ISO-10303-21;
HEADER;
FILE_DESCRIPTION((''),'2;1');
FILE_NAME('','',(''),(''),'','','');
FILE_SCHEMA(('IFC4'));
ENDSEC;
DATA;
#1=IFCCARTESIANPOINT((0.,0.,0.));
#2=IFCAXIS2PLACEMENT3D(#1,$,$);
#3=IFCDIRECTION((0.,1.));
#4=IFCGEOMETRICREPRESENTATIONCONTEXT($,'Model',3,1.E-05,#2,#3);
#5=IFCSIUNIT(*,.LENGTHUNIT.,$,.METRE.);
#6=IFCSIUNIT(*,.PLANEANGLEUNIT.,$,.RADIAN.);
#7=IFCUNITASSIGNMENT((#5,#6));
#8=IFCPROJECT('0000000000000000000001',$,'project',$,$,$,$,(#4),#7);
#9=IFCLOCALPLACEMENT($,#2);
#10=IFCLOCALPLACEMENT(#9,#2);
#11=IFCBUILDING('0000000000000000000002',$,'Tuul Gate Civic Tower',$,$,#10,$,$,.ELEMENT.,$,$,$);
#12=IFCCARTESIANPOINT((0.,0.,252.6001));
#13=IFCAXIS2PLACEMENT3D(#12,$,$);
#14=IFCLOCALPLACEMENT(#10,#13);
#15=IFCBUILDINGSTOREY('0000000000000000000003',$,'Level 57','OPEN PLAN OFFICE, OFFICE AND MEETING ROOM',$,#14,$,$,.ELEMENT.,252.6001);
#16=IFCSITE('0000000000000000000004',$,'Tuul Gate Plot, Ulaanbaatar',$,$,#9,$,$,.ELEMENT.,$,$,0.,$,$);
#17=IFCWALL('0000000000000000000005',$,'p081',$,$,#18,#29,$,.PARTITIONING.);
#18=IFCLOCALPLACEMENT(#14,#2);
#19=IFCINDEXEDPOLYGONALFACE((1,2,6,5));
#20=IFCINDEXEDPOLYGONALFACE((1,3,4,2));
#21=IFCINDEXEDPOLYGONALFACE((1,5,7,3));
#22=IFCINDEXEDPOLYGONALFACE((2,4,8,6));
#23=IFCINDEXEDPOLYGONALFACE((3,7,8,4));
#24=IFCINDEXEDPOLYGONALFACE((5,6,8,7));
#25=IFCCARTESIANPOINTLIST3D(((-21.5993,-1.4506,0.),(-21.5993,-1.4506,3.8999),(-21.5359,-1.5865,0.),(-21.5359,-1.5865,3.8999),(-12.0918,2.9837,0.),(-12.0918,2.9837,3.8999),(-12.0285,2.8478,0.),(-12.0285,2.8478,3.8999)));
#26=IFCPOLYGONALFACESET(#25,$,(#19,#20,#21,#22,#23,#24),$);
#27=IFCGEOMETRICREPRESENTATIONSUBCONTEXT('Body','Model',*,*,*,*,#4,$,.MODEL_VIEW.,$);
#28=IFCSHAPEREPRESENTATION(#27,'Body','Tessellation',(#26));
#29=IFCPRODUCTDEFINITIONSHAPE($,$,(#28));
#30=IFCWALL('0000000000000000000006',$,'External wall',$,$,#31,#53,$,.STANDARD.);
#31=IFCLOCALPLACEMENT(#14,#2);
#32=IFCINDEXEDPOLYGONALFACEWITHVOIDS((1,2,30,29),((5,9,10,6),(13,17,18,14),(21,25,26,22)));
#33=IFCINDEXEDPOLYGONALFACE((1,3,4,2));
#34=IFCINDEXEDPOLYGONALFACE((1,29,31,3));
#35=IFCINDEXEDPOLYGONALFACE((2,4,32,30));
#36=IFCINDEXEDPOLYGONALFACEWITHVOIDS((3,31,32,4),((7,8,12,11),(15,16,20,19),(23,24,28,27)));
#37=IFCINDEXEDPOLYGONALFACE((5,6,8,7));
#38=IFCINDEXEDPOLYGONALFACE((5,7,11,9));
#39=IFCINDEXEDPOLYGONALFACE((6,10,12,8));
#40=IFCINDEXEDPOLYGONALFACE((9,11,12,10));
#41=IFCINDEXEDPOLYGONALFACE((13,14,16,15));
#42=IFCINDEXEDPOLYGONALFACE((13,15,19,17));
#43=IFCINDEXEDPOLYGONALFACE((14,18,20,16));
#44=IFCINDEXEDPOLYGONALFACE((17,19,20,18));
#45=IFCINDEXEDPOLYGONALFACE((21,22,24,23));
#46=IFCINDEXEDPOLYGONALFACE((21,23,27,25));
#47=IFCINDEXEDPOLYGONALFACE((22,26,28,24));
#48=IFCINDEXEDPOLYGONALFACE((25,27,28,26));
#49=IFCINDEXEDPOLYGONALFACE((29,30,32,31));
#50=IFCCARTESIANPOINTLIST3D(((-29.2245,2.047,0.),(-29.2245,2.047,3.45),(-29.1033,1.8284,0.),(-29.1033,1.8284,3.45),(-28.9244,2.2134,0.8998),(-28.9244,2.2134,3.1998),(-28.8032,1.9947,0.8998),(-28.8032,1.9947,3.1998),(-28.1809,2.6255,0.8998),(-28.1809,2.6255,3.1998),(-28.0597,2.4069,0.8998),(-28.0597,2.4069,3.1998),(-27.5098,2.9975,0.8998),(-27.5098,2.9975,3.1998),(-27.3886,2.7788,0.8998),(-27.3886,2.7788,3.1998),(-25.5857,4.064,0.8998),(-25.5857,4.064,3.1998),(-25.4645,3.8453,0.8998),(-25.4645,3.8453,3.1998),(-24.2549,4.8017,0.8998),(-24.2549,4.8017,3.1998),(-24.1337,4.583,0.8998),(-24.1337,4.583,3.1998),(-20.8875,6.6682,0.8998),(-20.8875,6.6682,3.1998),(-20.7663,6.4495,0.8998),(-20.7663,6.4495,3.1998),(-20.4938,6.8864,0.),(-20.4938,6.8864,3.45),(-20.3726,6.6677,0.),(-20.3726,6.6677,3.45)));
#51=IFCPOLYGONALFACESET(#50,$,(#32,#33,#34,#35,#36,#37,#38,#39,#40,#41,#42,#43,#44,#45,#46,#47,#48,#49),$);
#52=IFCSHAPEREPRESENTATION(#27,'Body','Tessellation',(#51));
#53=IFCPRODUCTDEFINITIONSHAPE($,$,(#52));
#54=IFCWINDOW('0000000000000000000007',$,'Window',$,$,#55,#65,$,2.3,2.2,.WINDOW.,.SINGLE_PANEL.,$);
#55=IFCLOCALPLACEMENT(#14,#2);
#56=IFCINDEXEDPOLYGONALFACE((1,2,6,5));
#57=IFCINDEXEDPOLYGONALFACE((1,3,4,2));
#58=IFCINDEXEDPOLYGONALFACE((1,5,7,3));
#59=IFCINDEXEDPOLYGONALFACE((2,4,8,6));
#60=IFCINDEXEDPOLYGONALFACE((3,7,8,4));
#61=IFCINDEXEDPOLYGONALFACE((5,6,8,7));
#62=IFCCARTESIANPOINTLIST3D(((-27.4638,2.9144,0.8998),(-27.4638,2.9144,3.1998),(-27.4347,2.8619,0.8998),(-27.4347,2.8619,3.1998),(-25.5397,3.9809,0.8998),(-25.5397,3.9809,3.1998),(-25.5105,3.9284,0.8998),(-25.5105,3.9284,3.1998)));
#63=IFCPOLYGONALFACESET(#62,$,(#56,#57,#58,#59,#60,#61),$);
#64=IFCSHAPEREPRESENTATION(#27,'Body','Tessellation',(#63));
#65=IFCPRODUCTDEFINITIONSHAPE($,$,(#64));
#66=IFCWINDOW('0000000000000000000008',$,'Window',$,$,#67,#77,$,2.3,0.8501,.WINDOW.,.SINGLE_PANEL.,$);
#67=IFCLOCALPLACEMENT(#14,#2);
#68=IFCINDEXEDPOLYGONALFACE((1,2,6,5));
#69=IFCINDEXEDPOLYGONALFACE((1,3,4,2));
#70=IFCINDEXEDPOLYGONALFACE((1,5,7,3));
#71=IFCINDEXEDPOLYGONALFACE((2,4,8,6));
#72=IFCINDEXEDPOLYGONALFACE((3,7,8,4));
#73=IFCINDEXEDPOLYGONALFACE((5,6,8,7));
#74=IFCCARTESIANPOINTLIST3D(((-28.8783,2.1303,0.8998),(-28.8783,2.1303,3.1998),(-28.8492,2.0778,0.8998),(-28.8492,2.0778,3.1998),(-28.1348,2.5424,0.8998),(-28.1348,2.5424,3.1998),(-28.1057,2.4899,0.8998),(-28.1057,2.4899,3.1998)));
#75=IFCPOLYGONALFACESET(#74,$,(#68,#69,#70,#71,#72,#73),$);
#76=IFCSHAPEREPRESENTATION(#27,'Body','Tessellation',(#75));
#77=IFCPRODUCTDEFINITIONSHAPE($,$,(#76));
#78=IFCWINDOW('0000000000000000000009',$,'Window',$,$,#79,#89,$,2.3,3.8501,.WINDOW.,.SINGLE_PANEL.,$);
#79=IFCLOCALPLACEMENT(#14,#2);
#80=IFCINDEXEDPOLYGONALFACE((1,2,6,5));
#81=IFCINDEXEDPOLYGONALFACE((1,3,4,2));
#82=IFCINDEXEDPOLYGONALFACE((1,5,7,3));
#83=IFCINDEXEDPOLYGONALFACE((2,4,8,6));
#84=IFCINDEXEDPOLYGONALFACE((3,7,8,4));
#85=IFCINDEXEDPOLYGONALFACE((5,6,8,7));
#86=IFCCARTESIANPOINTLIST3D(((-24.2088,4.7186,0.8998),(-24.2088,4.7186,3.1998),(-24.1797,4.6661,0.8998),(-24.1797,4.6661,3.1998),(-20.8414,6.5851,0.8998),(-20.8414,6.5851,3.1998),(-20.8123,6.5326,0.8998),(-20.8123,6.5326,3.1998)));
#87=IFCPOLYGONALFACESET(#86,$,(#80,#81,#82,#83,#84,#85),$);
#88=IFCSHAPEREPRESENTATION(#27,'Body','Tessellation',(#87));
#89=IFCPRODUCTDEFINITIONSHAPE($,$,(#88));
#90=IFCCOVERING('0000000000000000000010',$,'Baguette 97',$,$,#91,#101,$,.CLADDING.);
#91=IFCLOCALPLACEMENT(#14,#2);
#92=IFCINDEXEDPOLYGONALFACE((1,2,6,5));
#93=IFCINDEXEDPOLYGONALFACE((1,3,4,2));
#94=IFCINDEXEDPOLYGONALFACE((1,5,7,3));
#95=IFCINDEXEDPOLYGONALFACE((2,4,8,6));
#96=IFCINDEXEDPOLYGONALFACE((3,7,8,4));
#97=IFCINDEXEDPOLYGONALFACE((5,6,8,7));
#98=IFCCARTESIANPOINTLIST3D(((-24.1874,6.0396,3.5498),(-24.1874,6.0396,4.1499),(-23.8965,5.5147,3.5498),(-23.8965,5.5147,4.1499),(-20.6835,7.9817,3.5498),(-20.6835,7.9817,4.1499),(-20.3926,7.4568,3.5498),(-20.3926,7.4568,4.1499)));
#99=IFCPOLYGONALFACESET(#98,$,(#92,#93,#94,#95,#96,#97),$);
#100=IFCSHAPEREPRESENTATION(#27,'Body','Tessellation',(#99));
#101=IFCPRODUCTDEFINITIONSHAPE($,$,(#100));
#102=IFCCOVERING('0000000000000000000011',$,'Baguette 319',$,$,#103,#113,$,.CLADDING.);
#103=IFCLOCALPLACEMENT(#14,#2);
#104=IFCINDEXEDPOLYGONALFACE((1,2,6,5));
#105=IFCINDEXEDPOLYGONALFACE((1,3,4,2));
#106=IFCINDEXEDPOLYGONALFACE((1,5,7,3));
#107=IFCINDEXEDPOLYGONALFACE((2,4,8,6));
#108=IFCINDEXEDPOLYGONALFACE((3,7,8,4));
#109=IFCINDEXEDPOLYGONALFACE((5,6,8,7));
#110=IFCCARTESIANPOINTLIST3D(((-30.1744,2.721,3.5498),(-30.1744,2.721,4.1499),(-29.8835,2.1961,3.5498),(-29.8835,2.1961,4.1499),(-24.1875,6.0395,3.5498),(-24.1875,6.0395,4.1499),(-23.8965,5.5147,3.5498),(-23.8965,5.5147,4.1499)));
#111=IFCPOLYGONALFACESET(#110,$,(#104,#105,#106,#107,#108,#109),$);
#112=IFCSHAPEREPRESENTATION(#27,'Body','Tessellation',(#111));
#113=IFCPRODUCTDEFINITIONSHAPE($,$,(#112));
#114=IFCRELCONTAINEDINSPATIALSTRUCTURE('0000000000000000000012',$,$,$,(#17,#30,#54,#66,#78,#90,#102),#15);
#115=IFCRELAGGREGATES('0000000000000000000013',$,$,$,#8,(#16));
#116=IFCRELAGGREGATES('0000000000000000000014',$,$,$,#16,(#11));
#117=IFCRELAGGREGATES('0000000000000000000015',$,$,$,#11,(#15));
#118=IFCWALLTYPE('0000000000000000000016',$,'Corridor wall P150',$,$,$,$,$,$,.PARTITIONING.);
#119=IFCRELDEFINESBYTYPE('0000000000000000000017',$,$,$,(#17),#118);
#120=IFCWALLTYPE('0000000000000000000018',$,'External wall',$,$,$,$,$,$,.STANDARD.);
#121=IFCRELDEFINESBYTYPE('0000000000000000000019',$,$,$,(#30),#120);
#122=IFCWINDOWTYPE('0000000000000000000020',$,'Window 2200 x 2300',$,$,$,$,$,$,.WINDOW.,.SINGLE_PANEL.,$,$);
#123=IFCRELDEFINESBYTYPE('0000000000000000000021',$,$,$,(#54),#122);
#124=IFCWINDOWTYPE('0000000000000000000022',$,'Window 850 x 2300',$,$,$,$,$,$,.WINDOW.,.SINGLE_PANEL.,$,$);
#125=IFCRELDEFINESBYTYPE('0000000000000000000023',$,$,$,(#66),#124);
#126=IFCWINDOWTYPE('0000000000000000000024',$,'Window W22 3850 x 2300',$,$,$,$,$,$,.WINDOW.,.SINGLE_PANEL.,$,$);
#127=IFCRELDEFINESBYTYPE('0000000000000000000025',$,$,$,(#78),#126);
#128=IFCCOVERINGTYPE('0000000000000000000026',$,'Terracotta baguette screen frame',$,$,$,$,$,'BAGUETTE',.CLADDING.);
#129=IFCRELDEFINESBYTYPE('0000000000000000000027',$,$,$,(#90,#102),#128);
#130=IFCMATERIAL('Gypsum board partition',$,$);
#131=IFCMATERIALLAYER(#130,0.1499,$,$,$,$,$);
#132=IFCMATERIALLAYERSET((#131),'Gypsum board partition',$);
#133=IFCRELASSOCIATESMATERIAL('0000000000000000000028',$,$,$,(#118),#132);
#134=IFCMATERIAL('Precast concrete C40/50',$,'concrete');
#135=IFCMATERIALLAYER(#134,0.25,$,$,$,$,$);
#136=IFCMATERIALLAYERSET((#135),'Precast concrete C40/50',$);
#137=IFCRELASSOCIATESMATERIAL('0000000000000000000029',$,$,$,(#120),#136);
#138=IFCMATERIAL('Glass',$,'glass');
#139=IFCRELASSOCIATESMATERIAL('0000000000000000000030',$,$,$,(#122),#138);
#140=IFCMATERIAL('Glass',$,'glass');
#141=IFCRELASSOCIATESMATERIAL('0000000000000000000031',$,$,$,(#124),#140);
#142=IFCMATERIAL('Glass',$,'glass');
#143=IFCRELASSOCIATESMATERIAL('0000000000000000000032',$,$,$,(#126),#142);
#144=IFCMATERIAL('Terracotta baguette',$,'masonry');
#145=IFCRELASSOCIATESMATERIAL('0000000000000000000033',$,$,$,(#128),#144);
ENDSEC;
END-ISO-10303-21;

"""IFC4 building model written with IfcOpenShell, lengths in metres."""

from ifc_helpers import new_model, si_unit, direction, frame, frame_2d, origin, origin_2d, place, context, subcontext, project, spatial, rectangle, extrude, material, layer, layer_set, material_profile, profile_set, type_object, element, fill, save


model = new_model("IFC4")

# Units and contexts
model_context = context("Model", 3, precision=1e-05, world=origin(), true_north=direction((0.0, 1.0)))
body_context = subcontext(model_context, "Body", "Model", "MODEL_VIEW")
ifc_project = project(units=[si_unit("LENGTHUNIT", "METRE"), si_unit("PLANEANGLEUNIT", "RADIAN")], contexts=[model_context])

# Site, building, storey
site_placement = place(None, origin())
site = spatial("IfcSite", under=ifc_project, at=site_placement, Name="Tuul Gate Plot, Ulaanbaatar", CompositionType="ELEMENT", RefElevation=0.0)
building_placement = place(site_placement, origin())
building = spatial("IfcBuilding", under=site, at=building_placement, Name="Tuul Gate Civic Tower", CompositionType="ELEMENT")
storey_placement = place(building_placement, frame((0.0, 0.0, 252.6001)))
storey = spatial("IfcBuildingStorey", under=building, at=storey_placement, Name="Level 57", Description="OPEN PLAN OFFICE, OFFICE AND MEETING ROOM", CompositionType="ELEMENT", Elevation=252.6001)

# Shared definitions
ifc_material_1 = material(Name="Gypsum board partition")
ifc_layer_1 = layer(ifc_material_1, 0.1499)
ifc_layer_set_1 = layer_set([ifc_layer_1], Name="Gypsum board partition")
wall_type_1 = type_object("IfcWallType", Name="Corridor wall P150", PredefinedType="PARTITIONING", material=ifc_layer_set_1)

# Wall
wall_1_placement = place(storey_placement, frame((-21.5676, -1.5186, 0.0), z_axis=(0.0, 0.0, 1.0), x_axis=(0.906276, 0.422687, 0.0)))
element("IfcWall", 1, at=wall_1_placement, inside=storey, type_object=wall_type_1, Name="p081", PredefinedType="PARTITIONING", context=body_context, shape_type="SweptSolid", body=[
    extrude(rectangle(XDim=10.4907, YDim=0.1499, at=frame_2d((5.2454, 0.0))), origin(), (0.0, 0.0, 1.0), 3.8999),
])

# Wall, openings, windows
ifc_material_2 = material(Name="Precast concrete C40/50", Category="concrete")
ifc_layer_2 = layer(ifc_material_2, 0.25)
ifc_layer_set_2 = layer_set([ifc_layer_2], Name="Precast concrete C40/50")
wall_type_2 = type_object("IfcWallType", Name="External wall", PredefinedType="STANDARD", material=ifc_layer_set_2)
wall_2_placement = place(storey_placement, frame((-20.4331, 6.7771, 0.0), z_axis=(0.0, 0.0, 1.0), x_axis=(-0.874626, -0.484798, 0.0)))
wall_2 = element("IfcWall", 2, at=wall_2_placement, inside=storey, type_object=wall_type_2, Name="External wall", PredefinedType="STANDARD", context=body_context, shape_type="SweptSolid", body=[
    extrude(rectangle(XDim=9.9822, YDim=0.25, at=frame_2d((4.9912, 0.0))), origin(), (0.0, 0.0, 1.0), 3.45),
])
opening_1_placement = place(wall_2_placement, frame((0.4502, 0.0, 0.8999)))
opening_1 = element("IfcOpeningElement", 3, at=opening_1_placement, cuts=wall_2, PredefinedType="OPENING", context=body_context, shape_type="SweptSolid", body=[
    extrude(rectangle(XDim=3.8501, YDim=2.3, at=frame_2d((1.925, 1.1499))), frame((0.0, 0.135, 0.0), z_axis=(0.0, -1.0, 0.0), x_axis=(1.0, 0.0, 0.0)), (0.0, 0.0, 1.0), 0.27),
])
opening_2_placement = place(wall_2_placement, frame((5.8218, 0.0, 0.8999)))
opening_2 = element("IfcOpeningElement", 4, at=opening_2_placement, cuts=wall_2, PredefinedType="OPENING", context=body_context, shape_type="SweptSolid", body=[
    extrude(rectangle(XDim=2.2, YDim=2.3, at=frame_2d((1.1001, 1.1499))), frame((0.0, 0.135, 0.0), z_axis=(0.0, -1.0, 0.0), x_axis=(1.0, 0.0, 0.0)), (0.0, 0.0, 1.0), 0.27),
])
opening_3_placement = place(wall_2_placement, frame((8.7891, 0.0, 0.8999)))
opening_3 = element("IfcOpeningElement", 5, at=opening_3_placement, cuts=wall_2, PredefinedType="OPENING", context=body_context, shape_type="SweptSolid", body=[
    extrude(rectangle(XDim=0.8501, YDim=2.3, at=frame_2d((0.425, 1.1499))), frame((0.0, 0.135, 0.0), z_axis=(0.0, -1.0, 0.0), x_axis=(1.0, 0.0, 0.0)), (0.0, 0.0, 1.0), 0.27),
])
ifc_material_3 = material(Name="Glass", Category="glass")
window_type_1 = type_object("IfcWindowType", Name="Window 2200 x 2300", PartitioningType="SINGLE_PANEL", PredefinedType="WINDOW", material=ifc_material_3)
window_1_placement = place(opening_2_placement, origin())
window_1 = element("IfcWindow", 6, at=window_1_placement, inside=storey, type_object=window_type_1, Name="Window", OverallHeight=2.3, OverallWidth=2.2, PartitioningType="SINGLE_PANEL", PredefinedType="WINDOW", context=body_context, shape_type="SweptSolid", body=[
    extrude(rectangle(XDim=2.2, YDim=2.3, at=frame_2d((1.1001, 1.1499))), frame((0.0, 0.03, 0.0), z_axis=(0.0, -1.0, 0.0), x_axis=(1.0, 0.0, 0.0)), (0.0, 0.0, 1.0), 0.0601),
])
fill(opening_2, window_1)
ifc_material_4 = material(Name="Glass", Category="glass")
window_type_2 = type_object("IfcWindowType", Name="Window 850 x 2300", PartitioningType="SINGLE_PANEL", PredefinedType="WINDOW", material=ifc_material_4)
window_2_placement = place(opening_3_placement, origin())
window_2 = element("IfcWindow", 7, at=window_2_placement, inside=storey, type_object=window_type_2, Name="Window", OverallHeight=2.3, OverallWidth=0.8501, PartitioningType="SINGLE_PANEL", PredefinedType="WINDOW", context=body_context, shape_type="SweptSolid", body=[
    extrude(rectangle(XDim=0.8501, YDim=2.3, at=frame_2d((0.425, 1.1499))), frame((0.0, 0.03, 0.0), z_axis=(0.0, -1.0, 0.0), x_axis=(1.0, 0.0, 0.0)), (0.0, 0.0, 1.0), 0.0601),
])
fill(opening_3, window_2)
ifc_material_5 = material(Name="Glass", Category="glass")
window_type_3 = type_object("IfcWindowType", Name="Window W22 3850 x 2300", PartitioningType="SINGLE_PANEL", PredefinedType="WINDOW", material=ifc_material_5)
window_3_placement = place(opening_1_placement, origin())
window_3 = element("IfcWindow", 8, at=window_3_placement, inside=storey, type_object=window_type_3, Name="Window", OverallHeight=2.3, OverallWidth=3.8501, PartitioningType="SINGLE_PANEL", PredefinedType="WINDOW", context=body_context, shape_type="SweptSolid", body=[
    extrude(rectangle(XDim=3.8501, YDim=2.3, at=frame_2d((1.925, 1.1499))), frame((0.0, 0.03, 0.0), z_axis=(0.0, -1.0, 0.0), x_axis=(1.0, 0.0, 0.0)), (0.0, 0.0, 1.0), 0.0601),
])
fill(opening_1, window_3)

# Coverings
ifc_material_6 = material(Name="Terracotta baguette", Category="masonry")
ifc_material_profile_1 = material_profile(ifc_material_6, rectangle(XDim=0.6001, YDim=0.6001, at=origin_2d()), Name="Terracotta baguette screen frame")
ifc_profile_set_1 = profile_set([ifc_material_profile_1], Name="Terracotta baguette")
covering_type = type_object("IfcCoveringType", Name="Terracotta baguette screen frame", ElementType="BAGUETTE", PredefinedType="CLADDING", material=ifc_profile_set_1)
covering_1_placement = place(storey_placement, frame((-20.5381, 7.7192, 3.8499), z_axis=(-0.874631, -0.484789, 0.0), x_axis=(0.484789, -0.874631, 0.0)))
element("IfcCovering", 9, at=covering_1_placement, inside=storey, type_object=covering_type, Name="Baguette 97", PredefinedType="CLADDING", context=body_context, shape_type="SweptSolid", body=[
    extrude(rectangle(XDim=0.6001, YDim=0.6001, at=origin_2d()), origin(), (0.0, 0.0, 1.0), 4.0061),
])
covering_2_placement = place(storey_placement, frame((-24.042, 5.7771, 3.8499), z_axis=(-0.874625, -0.484801, 0.0), x_axis=(0.484801, -0.874625, 0.0)))
element("IfcCovering", 10, at=covering_2_placement, inside=storey, type_object=covering_type, Name="Baguette 319", PredefinedType="CLADDING", context=body_context, shape_type="SweptSolid", body=[
    extrude(rectangle(XDim=0.6001, YDim=0.6001, at=origin_2d()), origin(), (0.0, 0.0, 1.0), 6.8452),
])

save(model, "model.ifc")
